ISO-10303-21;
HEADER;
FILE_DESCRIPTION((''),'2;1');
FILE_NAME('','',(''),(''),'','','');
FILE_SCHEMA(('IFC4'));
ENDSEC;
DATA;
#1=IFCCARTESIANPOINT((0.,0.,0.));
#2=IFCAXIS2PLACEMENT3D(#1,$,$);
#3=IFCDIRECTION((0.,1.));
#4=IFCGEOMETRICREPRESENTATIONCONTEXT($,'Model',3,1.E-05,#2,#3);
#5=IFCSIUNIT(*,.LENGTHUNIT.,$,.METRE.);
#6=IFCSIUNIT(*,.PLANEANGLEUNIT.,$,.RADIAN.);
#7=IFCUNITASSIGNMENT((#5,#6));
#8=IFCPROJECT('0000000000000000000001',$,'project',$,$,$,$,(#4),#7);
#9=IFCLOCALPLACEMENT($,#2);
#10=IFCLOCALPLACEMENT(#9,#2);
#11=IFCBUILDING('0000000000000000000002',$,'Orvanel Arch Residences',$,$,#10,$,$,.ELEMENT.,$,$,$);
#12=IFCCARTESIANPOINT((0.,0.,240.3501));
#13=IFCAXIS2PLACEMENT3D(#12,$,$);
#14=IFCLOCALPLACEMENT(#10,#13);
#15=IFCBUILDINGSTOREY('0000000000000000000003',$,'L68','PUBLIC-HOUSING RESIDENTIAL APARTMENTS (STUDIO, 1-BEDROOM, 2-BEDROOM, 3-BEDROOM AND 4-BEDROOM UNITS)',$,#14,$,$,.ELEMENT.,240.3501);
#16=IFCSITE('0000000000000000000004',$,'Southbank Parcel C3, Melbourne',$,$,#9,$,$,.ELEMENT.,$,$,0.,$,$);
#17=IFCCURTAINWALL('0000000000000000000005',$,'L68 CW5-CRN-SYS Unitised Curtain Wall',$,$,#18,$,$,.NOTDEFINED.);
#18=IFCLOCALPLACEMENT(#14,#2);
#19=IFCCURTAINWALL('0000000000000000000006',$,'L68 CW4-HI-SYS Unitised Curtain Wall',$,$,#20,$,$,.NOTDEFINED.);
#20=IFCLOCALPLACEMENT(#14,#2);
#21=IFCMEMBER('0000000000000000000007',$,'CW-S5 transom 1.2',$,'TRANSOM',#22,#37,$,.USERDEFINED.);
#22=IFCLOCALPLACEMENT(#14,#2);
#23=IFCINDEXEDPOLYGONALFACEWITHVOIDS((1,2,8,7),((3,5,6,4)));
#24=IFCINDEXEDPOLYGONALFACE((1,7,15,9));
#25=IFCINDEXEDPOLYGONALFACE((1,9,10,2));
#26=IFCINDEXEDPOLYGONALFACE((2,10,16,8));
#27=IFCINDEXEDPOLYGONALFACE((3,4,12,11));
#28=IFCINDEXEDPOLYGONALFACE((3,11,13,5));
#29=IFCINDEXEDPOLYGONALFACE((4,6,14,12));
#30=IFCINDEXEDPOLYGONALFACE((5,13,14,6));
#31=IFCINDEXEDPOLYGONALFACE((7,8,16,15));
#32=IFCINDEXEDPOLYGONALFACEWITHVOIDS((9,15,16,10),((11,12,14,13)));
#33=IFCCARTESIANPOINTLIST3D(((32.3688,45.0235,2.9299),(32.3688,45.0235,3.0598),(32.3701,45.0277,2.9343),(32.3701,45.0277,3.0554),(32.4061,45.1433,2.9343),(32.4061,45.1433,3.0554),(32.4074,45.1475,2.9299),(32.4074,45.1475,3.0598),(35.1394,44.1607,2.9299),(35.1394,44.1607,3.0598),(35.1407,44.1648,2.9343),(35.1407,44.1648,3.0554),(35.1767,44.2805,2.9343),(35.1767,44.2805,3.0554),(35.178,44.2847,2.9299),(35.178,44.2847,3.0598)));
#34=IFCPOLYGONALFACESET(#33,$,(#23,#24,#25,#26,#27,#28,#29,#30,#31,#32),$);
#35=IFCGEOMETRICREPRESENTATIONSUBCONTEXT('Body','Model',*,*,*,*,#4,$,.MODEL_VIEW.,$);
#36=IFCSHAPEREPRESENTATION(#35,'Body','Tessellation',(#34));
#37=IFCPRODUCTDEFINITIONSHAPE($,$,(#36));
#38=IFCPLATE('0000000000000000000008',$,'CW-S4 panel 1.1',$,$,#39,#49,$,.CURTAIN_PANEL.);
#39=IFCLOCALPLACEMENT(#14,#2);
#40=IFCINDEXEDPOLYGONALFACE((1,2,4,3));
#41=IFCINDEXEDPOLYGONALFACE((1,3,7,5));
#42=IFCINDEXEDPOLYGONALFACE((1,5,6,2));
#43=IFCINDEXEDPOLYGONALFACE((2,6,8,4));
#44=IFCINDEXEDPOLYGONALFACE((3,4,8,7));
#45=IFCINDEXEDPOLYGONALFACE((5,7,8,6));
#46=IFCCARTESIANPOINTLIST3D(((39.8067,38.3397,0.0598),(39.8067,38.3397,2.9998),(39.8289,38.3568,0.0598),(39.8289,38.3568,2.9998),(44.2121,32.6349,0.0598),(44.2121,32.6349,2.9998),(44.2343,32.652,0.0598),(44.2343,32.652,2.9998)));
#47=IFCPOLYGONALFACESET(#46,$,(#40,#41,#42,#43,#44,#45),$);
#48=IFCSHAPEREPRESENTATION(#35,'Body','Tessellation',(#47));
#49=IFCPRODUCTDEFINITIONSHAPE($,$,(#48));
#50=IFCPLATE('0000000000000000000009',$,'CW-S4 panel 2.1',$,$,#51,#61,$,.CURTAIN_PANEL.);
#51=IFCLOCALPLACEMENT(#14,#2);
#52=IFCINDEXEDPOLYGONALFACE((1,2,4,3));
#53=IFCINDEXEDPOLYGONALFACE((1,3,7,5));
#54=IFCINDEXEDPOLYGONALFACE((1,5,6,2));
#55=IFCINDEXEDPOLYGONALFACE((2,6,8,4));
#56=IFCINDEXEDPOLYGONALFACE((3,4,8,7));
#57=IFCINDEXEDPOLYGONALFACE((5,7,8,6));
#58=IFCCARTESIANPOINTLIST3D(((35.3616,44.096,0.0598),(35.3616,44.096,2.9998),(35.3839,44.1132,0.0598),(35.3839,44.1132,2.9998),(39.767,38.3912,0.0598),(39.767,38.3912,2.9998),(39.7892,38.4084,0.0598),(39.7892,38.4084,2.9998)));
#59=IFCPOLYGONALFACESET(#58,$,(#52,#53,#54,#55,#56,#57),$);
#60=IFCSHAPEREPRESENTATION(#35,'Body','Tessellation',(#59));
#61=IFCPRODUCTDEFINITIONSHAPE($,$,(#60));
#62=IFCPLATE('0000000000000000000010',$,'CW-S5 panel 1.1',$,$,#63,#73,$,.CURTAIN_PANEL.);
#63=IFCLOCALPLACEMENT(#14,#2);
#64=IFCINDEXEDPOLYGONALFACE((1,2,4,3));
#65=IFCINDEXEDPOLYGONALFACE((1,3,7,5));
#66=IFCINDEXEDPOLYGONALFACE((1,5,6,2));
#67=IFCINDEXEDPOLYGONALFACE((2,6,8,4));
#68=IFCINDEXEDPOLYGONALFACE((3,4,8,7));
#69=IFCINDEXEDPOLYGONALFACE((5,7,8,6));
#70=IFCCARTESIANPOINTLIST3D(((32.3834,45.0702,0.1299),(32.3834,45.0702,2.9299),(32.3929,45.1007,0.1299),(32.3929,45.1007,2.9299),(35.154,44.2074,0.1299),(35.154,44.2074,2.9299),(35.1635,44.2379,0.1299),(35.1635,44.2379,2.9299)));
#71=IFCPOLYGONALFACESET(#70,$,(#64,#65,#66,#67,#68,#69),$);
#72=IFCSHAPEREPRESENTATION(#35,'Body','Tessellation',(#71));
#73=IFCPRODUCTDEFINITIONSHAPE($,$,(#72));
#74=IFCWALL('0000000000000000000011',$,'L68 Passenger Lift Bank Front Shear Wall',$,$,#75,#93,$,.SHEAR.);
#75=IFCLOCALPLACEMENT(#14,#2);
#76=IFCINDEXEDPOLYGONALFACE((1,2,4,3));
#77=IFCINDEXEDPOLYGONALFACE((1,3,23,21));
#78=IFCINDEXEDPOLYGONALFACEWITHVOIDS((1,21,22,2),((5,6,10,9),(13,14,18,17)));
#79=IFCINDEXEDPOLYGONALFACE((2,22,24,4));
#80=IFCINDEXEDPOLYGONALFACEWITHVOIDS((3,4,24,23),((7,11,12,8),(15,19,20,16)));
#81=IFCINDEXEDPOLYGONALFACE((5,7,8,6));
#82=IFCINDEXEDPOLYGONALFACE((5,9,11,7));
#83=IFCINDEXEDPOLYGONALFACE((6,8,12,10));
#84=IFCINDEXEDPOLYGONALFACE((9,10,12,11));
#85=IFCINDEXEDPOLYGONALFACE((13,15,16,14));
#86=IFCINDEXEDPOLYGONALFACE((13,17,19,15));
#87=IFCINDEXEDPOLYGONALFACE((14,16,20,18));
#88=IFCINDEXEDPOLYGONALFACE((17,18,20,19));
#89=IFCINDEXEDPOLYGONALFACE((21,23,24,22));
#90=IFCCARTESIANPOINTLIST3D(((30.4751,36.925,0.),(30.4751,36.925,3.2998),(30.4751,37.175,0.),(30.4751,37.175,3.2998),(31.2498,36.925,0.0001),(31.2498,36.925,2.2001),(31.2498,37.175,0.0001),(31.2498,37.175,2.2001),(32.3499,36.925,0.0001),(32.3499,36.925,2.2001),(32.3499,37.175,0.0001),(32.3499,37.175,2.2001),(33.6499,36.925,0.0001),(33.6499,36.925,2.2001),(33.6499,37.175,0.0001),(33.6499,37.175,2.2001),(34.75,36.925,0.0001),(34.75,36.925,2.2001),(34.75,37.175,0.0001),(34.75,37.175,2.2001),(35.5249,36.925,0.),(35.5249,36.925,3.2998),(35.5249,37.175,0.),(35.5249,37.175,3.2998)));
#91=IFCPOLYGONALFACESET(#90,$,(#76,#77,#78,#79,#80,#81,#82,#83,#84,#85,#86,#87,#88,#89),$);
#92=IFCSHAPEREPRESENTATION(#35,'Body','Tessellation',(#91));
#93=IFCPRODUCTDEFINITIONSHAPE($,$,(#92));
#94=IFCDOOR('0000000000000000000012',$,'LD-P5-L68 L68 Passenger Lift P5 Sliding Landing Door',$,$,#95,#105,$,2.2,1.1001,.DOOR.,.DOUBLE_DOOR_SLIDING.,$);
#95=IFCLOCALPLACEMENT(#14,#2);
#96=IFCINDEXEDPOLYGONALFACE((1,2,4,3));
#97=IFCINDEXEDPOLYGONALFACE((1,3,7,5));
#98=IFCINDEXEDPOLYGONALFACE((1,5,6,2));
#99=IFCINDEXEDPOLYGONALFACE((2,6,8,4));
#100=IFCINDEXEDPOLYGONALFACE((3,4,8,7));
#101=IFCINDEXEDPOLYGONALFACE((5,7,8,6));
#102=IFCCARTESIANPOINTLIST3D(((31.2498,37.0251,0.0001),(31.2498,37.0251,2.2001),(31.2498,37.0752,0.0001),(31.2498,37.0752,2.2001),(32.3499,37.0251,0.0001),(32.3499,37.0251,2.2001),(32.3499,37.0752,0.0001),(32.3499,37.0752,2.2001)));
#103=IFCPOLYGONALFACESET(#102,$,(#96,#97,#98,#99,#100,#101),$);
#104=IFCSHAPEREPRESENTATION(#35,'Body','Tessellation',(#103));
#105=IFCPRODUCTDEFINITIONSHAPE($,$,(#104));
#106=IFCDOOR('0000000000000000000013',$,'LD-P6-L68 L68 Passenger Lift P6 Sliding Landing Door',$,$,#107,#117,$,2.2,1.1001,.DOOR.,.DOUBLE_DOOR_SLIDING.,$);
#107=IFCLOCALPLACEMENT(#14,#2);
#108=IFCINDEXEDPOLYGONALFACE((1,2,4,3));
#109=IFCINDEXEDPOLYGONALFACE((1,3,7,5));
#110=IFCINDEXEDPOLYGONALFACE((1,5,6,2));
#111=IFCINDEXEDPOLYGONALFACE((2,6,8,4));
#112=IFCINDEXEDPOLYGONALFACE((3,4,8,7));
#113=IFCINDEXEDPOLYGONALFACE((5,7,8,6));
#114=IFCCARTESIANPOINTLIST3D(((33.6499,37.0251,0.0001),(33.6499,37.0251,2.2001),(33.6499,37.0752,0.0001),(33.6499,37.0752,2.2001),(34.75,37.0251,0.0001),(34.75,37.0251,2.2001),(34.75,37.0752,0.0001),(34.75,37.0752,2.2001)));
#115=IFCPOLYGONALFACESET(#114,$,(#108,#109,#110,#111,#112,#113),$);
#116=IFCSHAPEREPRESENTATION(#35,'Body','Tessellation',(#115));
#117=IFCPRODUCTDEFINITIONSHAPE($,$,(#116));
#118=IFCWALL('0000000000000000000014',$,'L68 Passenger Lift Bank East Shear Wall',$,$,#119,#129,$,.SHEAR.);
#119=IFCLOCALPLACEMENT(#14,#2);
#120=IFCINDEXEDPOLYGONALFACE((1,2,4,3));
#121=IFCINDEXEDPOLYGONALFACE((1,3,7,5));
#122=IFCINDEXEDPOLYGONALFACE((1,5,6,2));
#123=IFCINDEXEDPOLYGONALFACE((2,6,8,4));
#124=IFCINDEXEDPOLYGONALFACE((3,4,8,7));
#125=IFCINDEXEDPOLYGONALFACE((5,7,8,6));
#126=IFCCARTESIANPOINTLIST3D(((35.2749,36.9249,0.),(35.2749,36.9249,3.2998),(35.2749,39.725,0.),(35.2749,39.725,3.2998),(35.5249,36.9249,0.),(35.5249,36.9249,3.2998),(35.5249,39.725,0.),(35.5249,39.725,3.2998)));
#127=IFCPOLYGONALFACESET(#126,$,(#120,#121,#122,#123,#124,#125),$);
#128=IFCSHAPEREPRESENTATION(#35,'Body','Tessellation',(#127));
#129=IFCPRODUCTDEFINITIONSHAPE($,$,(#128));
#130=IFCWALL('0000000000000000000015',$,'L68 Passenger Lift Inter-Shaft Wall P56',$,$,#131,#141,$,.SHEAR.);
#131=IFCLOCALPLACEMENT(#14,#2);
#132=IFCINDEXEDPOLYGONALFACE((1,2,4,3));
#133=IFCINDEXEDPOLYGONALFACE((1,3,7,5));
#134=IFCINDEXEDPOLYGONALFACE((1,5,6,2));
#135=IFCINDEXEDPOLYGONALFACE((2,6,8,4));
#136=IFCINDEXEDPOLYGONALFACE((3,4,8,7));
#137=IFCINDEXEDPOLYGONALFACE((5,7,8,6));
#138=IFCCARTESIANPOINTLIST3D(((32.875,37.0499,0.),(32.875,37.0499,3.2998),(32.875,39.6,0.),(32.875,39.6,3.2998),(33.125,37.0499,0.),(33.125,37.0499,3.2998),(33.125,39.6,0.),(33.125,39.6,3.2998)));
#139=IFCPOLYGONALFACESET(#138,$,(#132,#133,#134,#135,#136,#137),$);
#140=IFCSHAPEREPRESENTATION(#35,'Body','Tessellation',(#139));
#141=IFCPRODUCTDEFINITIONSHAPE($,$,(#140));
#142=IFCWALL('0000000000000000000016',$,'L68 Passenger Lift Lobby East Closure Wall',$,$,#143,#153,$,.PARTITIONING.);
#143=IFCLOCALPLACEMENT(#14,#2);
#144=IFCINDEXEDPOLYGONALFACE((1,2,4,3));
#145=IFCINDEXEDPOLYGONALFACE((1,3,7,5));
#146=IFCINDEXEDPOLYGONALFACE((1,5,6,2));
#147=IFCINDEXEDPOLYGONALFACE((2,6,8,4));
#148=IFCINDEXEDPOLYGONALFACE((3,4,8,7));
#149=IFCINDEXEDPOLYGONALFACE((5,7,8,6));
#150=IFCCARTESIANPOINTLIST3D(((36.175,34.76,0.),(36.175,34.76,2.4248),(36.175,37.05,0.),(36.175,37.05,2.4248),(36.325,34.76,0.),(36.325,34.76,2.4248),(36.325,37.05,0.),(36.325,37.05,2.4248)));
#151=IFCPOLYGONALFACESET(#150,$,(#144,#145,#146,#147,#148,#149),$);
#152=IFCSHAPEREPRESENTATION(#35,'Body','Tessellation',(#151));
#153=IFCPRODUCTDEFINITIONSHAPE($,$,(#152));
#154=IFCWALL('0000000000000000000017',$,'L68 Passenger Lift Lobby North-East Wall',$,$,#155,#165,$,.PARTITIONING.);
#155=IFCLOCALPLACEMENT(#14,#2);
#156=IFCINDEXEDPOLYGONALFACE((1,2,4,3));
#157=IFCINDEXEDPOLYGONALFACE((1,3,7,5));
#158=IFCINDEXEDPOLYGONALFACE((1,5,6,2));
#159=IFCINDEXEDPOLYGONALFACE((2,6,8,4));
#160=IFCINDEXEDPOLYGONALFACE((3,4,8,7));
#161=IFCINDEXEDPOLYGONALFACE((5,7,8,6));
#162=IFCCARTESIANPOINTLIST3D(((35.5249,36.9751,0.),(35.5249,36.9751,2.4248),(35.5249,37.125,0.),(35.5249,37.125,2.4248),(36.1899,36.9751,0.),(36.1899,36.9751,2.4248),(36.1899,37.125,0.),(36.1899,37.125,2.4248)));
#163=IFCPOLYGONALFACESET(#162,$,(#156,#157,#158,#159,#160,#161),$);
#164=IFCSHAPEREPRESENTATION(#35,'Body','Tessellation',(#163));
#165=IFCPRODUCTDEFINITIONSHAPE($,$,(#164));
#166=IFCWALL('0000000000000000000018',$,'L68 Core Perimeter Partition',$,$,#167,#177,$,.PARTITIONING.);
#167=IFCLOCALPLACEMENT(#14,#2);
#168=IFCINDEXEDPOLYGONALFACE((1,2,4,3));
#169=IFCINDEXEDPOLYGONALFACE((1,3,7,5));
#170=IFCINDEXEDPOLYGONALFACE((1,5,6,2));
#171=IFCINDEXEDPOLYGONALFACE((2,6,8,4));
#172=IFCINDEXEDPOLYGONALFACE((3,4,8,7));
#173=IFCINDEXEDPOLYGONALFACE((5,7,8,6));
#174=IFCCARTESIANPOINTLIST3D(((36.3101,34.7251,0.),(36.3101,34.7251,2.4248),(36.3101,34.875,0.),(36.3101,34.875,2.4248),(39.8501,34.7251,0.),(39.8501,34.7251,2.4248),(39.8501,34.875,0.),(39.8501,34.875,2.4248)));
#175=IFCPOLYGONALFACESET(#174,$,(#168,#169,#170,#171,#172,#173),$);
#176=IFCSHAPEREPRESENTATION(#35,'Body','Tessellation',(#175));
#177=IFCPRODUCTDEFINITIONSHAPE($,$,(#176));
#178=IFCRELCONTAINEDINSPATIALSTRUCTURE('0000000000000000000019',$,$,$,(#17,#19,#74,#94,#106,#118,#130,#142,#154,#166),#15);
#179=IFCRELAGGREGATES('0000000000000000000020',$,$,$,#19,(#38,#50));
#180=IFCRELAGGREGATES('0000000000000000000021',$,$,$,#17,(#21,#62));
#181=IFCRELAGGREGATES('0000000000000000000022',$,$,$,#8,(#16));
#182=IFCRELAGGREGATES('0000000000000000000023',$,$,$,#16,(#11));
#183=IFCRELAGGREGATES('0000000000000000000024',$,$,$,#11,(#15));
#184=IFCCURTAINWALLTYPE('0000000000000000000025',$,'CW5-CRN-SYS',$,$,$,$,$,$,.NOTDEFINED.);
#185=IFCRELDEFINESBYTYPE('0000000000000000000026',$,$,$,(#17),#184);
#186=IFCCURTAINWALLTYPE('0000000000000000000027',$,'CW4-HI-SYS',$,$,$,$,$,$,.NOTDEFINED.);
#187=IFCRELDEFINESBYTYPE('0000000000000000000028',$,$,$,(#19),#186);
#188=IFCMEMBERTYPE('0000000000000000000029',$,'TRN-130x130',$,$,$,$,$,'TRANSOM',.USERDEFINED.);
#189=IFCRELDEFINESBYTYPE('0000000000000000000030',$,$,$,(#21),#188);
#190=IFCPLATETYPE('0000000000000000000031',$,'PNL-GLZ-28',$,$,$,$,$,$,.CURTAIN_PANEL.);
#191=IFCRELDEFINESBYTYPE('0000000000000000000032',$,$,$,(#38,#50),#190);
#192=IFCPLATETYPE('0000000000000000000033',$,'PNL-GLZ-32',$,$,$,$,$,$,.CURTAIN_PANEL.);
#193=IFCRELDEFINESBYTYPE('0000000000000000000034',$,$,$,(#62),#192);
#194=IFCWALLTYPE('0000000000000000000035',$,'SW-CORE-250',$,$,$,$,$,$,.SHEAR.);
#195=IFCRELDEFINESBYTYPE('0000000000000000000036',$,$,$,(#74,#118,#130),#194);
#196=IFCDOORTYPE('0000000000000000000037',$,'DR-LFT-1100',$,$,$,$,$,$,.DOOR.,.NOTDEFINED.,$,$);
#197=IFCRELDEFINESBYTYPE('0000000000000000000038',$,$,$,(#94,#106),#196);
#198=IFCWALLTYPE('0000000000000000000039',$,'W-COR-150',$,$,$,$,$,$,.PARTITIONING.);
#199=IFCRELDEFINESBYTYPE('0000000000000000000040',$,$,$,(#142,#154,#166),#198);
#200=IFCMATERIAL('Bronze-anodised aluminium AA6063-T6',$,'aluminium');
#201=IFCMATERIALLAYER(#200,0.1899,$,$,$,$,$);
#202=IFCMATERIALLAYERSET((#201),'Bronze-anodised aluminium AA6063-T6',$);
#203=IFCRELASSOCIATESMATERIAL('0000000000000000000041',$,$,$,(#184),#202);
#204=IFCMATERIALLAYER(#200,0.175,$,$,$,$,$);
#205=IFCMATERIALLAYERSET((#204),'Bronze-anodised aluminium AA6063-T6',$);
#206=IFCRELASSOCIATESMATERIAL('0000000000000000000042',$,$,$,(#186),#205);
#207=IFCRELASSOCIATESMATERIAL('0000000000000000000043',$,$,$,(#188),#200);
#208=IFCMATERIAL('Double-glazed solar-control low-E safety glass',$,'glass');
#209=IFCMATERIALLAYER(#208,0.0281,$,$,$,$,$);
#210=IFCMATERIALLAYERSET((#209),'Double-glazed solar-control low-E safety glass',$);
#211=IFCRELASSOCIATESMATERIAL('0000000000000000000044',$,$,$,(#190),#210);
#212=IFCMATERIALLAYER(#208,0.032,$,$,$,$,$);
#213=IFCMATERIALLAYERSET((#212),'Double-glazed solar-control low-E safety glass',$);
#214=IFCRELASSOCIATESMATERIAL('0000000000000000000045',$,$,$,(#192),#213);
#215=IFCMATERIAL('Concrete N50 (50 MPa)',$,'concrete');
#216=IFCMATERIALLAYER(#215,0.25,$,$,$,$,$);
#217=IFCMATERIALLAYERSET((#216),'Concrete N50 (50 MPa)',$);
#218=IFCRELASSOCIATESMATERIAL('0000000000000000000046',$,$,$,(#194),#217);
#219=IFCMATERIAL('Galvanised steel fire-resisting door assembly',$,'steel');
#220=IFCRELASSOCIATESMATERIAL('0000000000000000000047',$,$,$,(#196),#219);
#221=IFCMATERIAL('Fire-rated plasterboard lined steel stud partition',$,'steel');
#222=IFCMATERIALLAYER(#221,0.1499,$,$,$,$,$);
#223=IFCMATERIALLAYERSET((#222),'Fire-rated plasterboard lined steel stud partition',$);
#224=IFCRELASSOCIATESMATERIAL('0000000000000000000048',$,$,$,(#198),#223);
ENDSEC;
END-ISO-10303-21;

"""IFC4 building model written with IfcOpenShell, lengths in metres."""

from ifc_helpers import new_model, si_unit, direction, frame, frame_2d, origin, origin_2d, place, context, subcontext, project, spatial, rectangle, hollow_rectangle, extrude, material, layer, layer_set, material_profile, profile_set, type_object, element, fill, aggregate, save


model = new_model("IFC4")

# Units and contexts
model_context = context("Model", 3, precision=1e-05, world=origin(), true_north=direction((0.0, 1.0)))
body_context = subcontext(model_context, "Body", "Model", "MODEL_VIEW")
ifc_project = project(units=[si_unit("LENGTHUNIT", "METRE"), si_unit("PLANEANGLEUNIT", "RADIAN")], contexts=[model_context])

# Site, building, storey
site_placement = place(None, origin())
site = spatial("IfcSite", under=ifc_project, at=site_placement, Name="Southbank Parcel C3, Melbourne", CompositionType="ELEMENT", RefElevation=0.0)
building_placement = place(site_placement, origin())
building = spatial("IfcBuilding", under=site, at=building_placement, Name="Orvanel Arch Residences", CompositionType="ELEMENT")
storey_placement = place(building_placement, frame((0.0, 0.0, 240.3501)))
storey = spatial("IfcBuildingStorey", under=building, at=storey_placement, Name="L68", Description="PUBLIC-HOUSING RESIDENTIAL APARTMENTS (STUDIO, 1-BEDROOM, 2-BEDROOM, 3-BEDROOM AND 4-BEDROOM UNITS)", CompositionType="ELEMENT", Elevation=240.3501)

# Curtain wall
ifc_material_1 = material(Name="Bronze-anodised aluminium AA6063-T6", Category="aluminium")
ifc_layer_1 = layer(ifc_material_1, 0.1899)
ifc_layer_set_1 = layer_set([ifc_layer_1], Name="Bronze-anodised aluminium AA6063-T6")
curtain_wall_type_1 = type_object("IfcCurtainWallType", Name="CW5-CRN-SYS", PredefinedType="NOTDEFINED", material=ifc_layer_set_1)
curtain_wall_1_placement = place(storey_placement, origin())
curtain_wall_1 = element("IfcCurtainWall", 1, at=curtain_wall_1_placement, inside=storey, type_object=curtain_wall_type_1, Name="L68 CW5-CRN-SYS Unitised Curtain Wall", PredefinedType="NOTDEFINED")

# Curtain wall
ifc_layer_2 = layer(ifc_material_1, 0.175)
ifc_layer_set_2 = layer_set([ifc_layer_2], Name="Bronze-anodised aluminium AA6063-T6")
curtain_wall_type_2 = type_object("IfcCurtainWallType", Name="CW4-HI-SYS", PredefinedType="NOTDEFINED", material=ifc_layer_set_2)
curtain_wall_2_placement = place(storey_placement, origin())
curtain_wall_2 = element("IfcCurtainWall", 2, at=curtain_wall_2_placement, inside=storey, type_object=curtain_wall_type_2, Name="L68 CW4-HI-SYS Unitised Curtain Wall", PredefinedType="NOTDEFINED")

# Member
ifc_material_profile_1 = material_profile(ifc_material_1, hollow_rectangle(XDim=0.1299, YDim=0.1299, WallThickness=0.0044, at=origin_2d()), Name="ALU130x130x4.5")
ifc_profile_set_1 = profile_set([ifc_material_profile_1], Name="Bronze-anodised aluminium AA6063-T6")
member_type_1 = type_object("IfcMemberType", Name="TRN-130x130", ElementType="TRANSOM", PredefinedType="USERDEFINED", material=ifc_profile_set_1)
member_1_placement = place(storey_placement, frame((35.1587, 44.2227, 2.9949), z_axis=(-0.954773, 0.297336, 0.0), x_axis=(-0.297336, -0.954773, 0.0)))
member_1 = element("IfcMember", 3, at=member_1_placement, type_object=member_type_1, Name="CW-S5 transom 1.2", ObjectType="TRANSOM", PredefinedType="USERDEFINED", context=body_context, shape_type="SweptSolid", body=[
    extrude(hollow_rectangle(XDim=0.1299, YDim=0.1299, WallThickness=0.0044, at=origin_2d()), origin(), (0.0, 0.0, 1.0), 2.9019),
])

# Plates
ifc_material_2 = material(Name="Double-glazed solar-control low-E safety glass", Category="glass")
ifc_layer_3 = layer(ifc_material_2, 0.0281)
ifc_layer_set_3 = layer_set([ifc_layer_3], Name="Double-glazed solar-control low-E safety glass")
plate_type_1 = type_object("IfcPlateType", Name="PNL-GLZ-28", PredefinedType="CURTAIN_PANEL", material=ifc_layer_set_3)
plate_1_placement = place(storey_placement, frame((42.0205, 35.4958, 0.0598), z_axis=(0.0, 0.0, 1.0), x_axis=(-0.611198, 0.791478, 0.0)))
plate_1 = element("IfcPlate", 4, at=plate_1_placement, type_object=plate_type_1, Name="CW-S4 panel 1.1", PredefinedType="CURTAIN_PANEL", context=body_context, shape_type="SweptSolid", body=[
    extrude(rectangle(XDim=7.2078, YDim=0.0281, at=origin_2d()), origin(), (0.0, 0.0, 1.0), 2.9399),
])
plate_2_placement = place(storey_placement, frame((37.5754, 41.2522, 0.0598), z_axis=(0.0, 0.0, 1.0), x_axis=(-0.611198, 0.791478, 0.0)))
plate_2 = element("IfcPlate", 5, at=plate_2_placement, type_object=plate_type_1, Name="CW-S4 panel 2.1", PredefinedType="CURTAIN_PANEL", context=body_context, shape_type="SweptSolid", body=[
    extrude(rectangle(XDim=7.2078, YDim=0.0281, at=origin_2d()), origin(), (0.0, 0.0, 1.0), 2.9399),
])
aggregate(curtain_wall_2, [plate_1, plate_2])
ifc_layer_4 = layer(ifc_material_2, 0.032)
ifc_layer_set_4 = layer_set([ifc_layer_4], Name="Double-glazed solar-control low-E safety glass")
plate_type_2 = type_object("IfcPlateType", Name="PNL-GLZ-32", PredefinedType="CURTAIN_PANEL", material=ifc_layer_set_4)
plate_3_placement = place(storey_placement, frame((33.7734, 44.6541, 0.1299), z_axis=(0.0, 0.0, 1.0), x_axis=(-0.954774, 0.297332, 0.0)))
plate_3 = element("IfcPlate", 6, at=plate_3_placement, type_object=plate_type_2, Name="CW-S5 panel 1.1", PredefinedType="CURTAIN_PANEL", context=body_context, shape_type="SweptSolid", body=[
    extrude(rectangle(XDim=2.9019, YDim=0.032, at=origin_2d()), origin(), (0.0, 0.0, 1.0), 2.8),
])
aggregate(curtain_wall_1, [member_1, plate_3])

# Wall, openings, doors
ifc_material_3 = material(Name="Concrete N50 (50 MPa)", Category="concrete")
ifc_layer_5 = layer(ifc_material_3, 0.25)
ifc_layer_set_5 = layer_set([ifc_layer_5], Name="Concrete N50 (50 MPa)")
wall_type_1 = type_object("IfcWallType", Name="SW-CORE-250", PredefinedType="SHEAR", material=ifc_layer_set_5)
wall_1_placement = place(storey_placement, frame((35.5249, 37.05, 0.0), z_axis=(0.0, 0.0, 1.0), x_axis=(-1.0, 0.0, 0.0)))
wall_1 = element("IfcWall", 7, at=wall_1_placement, inside=storey, type_object=wall_type_1, Name="L68 Passenger Lift Bank Front Shear Wall", PredefinedType="SHEAR", context=body_context, shape_type="SweptSolid", body=[
    extrude(rectangle(XDim=5.0498, YDim=0.25, at=frame_2d((2.5249, 0.0))), origin(), (0.0, 0.0, 1.0), 3.2998),
])
opening_1_placement = place(wall_1_placement, frame((3.175, 0.0, 0.0)))
opening_1 = element("IfcOpeningElement", 8, at=opening_1_placement, cuts=wall_1, PredefinedType="OPENING", context=body_context, shape_type="SweptSolid", body=[
    extrude(rectangle(XDim=1.1001, YDim=2.2, at=frame_2d((0.55, 1.1001))), frame((0.0, 0.135, 0.0), z_axis=(0.0, -1.0, 0.0), x_axis=(1.0, 0.0, 0.0)), (0.0, 0.0, 1.0), 0.27),
])
opening_2_placement = place(wall_1_placement, frame((0.7749, 0.0, 0.0)))
opening_2 = element("IfcOpeningElement", 9, at=opening_2_placement, cuts=wall_1, PredefinedType="OPENING", context=body_context, shape_type="SweptSolid", body=[
    extrude(rectangle(XDim=1.1001, YDim=2.2, at=frame_2d((0.55, 1.1001))), frame((0.0, 0.135, 0.0), z_axis=(0.0, -1.0, 0.0), x_axis=(1.0, 0.0, 0.0)), (0.0, 0.0, 1.0), 0.27),
])
ifc_material_4 = material(Name="Galvanised steel fire-resisting door assembly", Category="steel")
door_type = type_object("IfcDoorType", Name="DR-LFT-1100", OperationType="NOTDEFINED", PredefinedType="DOOR", material=ifc_material_4)
door_1_placement = place(opening_1_placement, origin())
door_1 = element("IfcDoor", 10, at=door_1_placement, inside=storey, type_object=door_type, Name="LD-P5-L68 L68 Passenger Lift P5 Sliding Landing Door", OperationType="DOUBLE_DOOR_SLIDING", OverallHeight=2.2, OverallWidth=1.1001, PredefinedType="DOOR", context=body_context, shape_type="SweptSolid", body=[
    extrude(rectangle(XDim=1.1001, YDim=2.2, at=frame_2d((0.55, 1.1001))), frame((0.0, 0.0249, 0.0), z_axis=(0.0, -1.0, 0.0), x_axis=(1.0, 0.0, 0.0)), (0.0, 0.0, 1.0), 0.05),
])
fill(opening_1, door_1)
door_2_placement = place(opening_2_placement, origin())
door_2 = element("IfcDoor", 11, at=door_2_placement, inside=storey, type_object=door_type, Name="LD-P6-L68 L68 Passenger Lift P6 Sliding Landing Door", OperationType="DOUBLE_DOOR_SLIDING", OverallHeight=2.2, OverallWidth=1.1001, PredefinedType="DOOR", context=body_context, shape_type="SweptSolid", body=[
    extrude(rectangle(XDim=1.1001, YDim=2.2, at=frame_2d((0.55, 1.1001))), frame((0.0, 0.0249, 0.0), z_axis=(0.0, -1.0, 0.0), x_axis=(1.0, 0.0, 0.0)), (0.0, 0.0, 1.0), 0.05),
])
fill(opening_2, door_2)

# Walls
wall_2_placement = place(storey_placement, frame((35.3999, 36.925, 0.0), z_axis=(0.0, 0.0, 1.0), x_axis=(0.0, 1.0, 0.0)))
element("IfcWall", 12, at=wall_2_placement, inside=storey, type_object=wall_type_1, Name="L68 Passenger Lift Bank East Shear Wall", PredefinedType="SHEAR", context=body_context, shape_type="SweptSolid", body=[
    extrude(rectangle(XDim=2.8, YDim=0.25, at=frame_2d((1.3999, 0.0))), origin(), (0.0, 0.0, 1.0), 3.2998),
])
wall_3_placement = place(storey_placement, frame((33.0, 37.05, 0.0), z_axis=(0.0, 0.0, 1.0), x_axis=(0.0, 1.0, 0.0)))
element("IfcWall", 13, at=wall_3_placement, inside=storey, type_object=wall_type_1, Name="L68 Passenger Lift Inter-Shaft Wall P56", PredefinedType="SHEAR", context=body_context, shape_type="SweptSolid", body=[
    extrude(rectangle(XDim=2.55, YDim=0.25, at=frame_2d((1.2749, 0.0))), origin(), (0.0, 0.0, 1.0), 3.2998),
])
ifc_material_5 = material(Name="Fire-rated plasterboard lined steel stud partition", Category="steel")
ifc_layer_6 = layer(ifc_material_5, 0.1499)
ifc_layer_set_6 = layer_set([ifc_layer_6], Name="Fire-rated plasterboard lined steel stud partition")
wall_type_2 = type_object("IfcWallType", Name="W-COR-150", PredefinedType="PARTITIONING", material=ifc_layer_set_6)
wall_4_placement = place(storey_placement, frame((36.25, 34.76, 0.0), z_axis=(0.0, 0.0, 1.0), x_axis=(0.0, 1.0, 0.0)))
element("IfcWall", 14, at=wall_4_placement, inside=storey, type_object=wall_type_2, Name="L68 Passenger Lift Lobby East Closure Wall", PredefinedType="PARTITIONING", context=body_context, shape_type="SweptSolid", body=[
    extrude(rectangle(XDim=2.29, YDim=0.1499, at=frame_2d((1.145, 0.0))), origin(), (0.0, 0.0, 1.0), 2.4248),
])
wall_5_placement = place(storey_placement, frame((35.5249, 37.05, 0.0), z_axis=(0.0, 0.0, 1.0), x_axis=(1.0, 0.0, 0.0)))
element("IfcWall", 15, at=wall_5_placement, inside=storey, type_object=wall_type_2, Name="L68 Passenger Lift Lobby North-East Wall", PredefinedType="PARTITIONING", context=body_context, shape_type="SweptSolid", body=[
    extrude(rectangle(XDim=0.665, YDim=0.1499, at=frame_2d((0.3325, 0.0))), origin(), (0.0, 0.0, 1.0), 2.4248),
])
wall_6_placement = place(storey_placement, frame((36.3101, 34.8, 0.0), z_axis=(0.0, 0.0, 1.0), x_axis=(1.0, 0.0, 0.0)))
element("IfcWall", 16, at=wall_6_placement, inside=storey, type_object=wall_type_2, Name="L68 Core Perimeter Partition", PredefinedType="PARTITIONING", context=body_context, shape_type="SweptSolid", body=[
    extrude(rectangle(XDim=3.54, YDim=0.1499, at=frame_2d((1.77, 0.0))), origin(), (0.0, 0.0, 1.0), 2.4248),
])

save(model, "model.ifc")
